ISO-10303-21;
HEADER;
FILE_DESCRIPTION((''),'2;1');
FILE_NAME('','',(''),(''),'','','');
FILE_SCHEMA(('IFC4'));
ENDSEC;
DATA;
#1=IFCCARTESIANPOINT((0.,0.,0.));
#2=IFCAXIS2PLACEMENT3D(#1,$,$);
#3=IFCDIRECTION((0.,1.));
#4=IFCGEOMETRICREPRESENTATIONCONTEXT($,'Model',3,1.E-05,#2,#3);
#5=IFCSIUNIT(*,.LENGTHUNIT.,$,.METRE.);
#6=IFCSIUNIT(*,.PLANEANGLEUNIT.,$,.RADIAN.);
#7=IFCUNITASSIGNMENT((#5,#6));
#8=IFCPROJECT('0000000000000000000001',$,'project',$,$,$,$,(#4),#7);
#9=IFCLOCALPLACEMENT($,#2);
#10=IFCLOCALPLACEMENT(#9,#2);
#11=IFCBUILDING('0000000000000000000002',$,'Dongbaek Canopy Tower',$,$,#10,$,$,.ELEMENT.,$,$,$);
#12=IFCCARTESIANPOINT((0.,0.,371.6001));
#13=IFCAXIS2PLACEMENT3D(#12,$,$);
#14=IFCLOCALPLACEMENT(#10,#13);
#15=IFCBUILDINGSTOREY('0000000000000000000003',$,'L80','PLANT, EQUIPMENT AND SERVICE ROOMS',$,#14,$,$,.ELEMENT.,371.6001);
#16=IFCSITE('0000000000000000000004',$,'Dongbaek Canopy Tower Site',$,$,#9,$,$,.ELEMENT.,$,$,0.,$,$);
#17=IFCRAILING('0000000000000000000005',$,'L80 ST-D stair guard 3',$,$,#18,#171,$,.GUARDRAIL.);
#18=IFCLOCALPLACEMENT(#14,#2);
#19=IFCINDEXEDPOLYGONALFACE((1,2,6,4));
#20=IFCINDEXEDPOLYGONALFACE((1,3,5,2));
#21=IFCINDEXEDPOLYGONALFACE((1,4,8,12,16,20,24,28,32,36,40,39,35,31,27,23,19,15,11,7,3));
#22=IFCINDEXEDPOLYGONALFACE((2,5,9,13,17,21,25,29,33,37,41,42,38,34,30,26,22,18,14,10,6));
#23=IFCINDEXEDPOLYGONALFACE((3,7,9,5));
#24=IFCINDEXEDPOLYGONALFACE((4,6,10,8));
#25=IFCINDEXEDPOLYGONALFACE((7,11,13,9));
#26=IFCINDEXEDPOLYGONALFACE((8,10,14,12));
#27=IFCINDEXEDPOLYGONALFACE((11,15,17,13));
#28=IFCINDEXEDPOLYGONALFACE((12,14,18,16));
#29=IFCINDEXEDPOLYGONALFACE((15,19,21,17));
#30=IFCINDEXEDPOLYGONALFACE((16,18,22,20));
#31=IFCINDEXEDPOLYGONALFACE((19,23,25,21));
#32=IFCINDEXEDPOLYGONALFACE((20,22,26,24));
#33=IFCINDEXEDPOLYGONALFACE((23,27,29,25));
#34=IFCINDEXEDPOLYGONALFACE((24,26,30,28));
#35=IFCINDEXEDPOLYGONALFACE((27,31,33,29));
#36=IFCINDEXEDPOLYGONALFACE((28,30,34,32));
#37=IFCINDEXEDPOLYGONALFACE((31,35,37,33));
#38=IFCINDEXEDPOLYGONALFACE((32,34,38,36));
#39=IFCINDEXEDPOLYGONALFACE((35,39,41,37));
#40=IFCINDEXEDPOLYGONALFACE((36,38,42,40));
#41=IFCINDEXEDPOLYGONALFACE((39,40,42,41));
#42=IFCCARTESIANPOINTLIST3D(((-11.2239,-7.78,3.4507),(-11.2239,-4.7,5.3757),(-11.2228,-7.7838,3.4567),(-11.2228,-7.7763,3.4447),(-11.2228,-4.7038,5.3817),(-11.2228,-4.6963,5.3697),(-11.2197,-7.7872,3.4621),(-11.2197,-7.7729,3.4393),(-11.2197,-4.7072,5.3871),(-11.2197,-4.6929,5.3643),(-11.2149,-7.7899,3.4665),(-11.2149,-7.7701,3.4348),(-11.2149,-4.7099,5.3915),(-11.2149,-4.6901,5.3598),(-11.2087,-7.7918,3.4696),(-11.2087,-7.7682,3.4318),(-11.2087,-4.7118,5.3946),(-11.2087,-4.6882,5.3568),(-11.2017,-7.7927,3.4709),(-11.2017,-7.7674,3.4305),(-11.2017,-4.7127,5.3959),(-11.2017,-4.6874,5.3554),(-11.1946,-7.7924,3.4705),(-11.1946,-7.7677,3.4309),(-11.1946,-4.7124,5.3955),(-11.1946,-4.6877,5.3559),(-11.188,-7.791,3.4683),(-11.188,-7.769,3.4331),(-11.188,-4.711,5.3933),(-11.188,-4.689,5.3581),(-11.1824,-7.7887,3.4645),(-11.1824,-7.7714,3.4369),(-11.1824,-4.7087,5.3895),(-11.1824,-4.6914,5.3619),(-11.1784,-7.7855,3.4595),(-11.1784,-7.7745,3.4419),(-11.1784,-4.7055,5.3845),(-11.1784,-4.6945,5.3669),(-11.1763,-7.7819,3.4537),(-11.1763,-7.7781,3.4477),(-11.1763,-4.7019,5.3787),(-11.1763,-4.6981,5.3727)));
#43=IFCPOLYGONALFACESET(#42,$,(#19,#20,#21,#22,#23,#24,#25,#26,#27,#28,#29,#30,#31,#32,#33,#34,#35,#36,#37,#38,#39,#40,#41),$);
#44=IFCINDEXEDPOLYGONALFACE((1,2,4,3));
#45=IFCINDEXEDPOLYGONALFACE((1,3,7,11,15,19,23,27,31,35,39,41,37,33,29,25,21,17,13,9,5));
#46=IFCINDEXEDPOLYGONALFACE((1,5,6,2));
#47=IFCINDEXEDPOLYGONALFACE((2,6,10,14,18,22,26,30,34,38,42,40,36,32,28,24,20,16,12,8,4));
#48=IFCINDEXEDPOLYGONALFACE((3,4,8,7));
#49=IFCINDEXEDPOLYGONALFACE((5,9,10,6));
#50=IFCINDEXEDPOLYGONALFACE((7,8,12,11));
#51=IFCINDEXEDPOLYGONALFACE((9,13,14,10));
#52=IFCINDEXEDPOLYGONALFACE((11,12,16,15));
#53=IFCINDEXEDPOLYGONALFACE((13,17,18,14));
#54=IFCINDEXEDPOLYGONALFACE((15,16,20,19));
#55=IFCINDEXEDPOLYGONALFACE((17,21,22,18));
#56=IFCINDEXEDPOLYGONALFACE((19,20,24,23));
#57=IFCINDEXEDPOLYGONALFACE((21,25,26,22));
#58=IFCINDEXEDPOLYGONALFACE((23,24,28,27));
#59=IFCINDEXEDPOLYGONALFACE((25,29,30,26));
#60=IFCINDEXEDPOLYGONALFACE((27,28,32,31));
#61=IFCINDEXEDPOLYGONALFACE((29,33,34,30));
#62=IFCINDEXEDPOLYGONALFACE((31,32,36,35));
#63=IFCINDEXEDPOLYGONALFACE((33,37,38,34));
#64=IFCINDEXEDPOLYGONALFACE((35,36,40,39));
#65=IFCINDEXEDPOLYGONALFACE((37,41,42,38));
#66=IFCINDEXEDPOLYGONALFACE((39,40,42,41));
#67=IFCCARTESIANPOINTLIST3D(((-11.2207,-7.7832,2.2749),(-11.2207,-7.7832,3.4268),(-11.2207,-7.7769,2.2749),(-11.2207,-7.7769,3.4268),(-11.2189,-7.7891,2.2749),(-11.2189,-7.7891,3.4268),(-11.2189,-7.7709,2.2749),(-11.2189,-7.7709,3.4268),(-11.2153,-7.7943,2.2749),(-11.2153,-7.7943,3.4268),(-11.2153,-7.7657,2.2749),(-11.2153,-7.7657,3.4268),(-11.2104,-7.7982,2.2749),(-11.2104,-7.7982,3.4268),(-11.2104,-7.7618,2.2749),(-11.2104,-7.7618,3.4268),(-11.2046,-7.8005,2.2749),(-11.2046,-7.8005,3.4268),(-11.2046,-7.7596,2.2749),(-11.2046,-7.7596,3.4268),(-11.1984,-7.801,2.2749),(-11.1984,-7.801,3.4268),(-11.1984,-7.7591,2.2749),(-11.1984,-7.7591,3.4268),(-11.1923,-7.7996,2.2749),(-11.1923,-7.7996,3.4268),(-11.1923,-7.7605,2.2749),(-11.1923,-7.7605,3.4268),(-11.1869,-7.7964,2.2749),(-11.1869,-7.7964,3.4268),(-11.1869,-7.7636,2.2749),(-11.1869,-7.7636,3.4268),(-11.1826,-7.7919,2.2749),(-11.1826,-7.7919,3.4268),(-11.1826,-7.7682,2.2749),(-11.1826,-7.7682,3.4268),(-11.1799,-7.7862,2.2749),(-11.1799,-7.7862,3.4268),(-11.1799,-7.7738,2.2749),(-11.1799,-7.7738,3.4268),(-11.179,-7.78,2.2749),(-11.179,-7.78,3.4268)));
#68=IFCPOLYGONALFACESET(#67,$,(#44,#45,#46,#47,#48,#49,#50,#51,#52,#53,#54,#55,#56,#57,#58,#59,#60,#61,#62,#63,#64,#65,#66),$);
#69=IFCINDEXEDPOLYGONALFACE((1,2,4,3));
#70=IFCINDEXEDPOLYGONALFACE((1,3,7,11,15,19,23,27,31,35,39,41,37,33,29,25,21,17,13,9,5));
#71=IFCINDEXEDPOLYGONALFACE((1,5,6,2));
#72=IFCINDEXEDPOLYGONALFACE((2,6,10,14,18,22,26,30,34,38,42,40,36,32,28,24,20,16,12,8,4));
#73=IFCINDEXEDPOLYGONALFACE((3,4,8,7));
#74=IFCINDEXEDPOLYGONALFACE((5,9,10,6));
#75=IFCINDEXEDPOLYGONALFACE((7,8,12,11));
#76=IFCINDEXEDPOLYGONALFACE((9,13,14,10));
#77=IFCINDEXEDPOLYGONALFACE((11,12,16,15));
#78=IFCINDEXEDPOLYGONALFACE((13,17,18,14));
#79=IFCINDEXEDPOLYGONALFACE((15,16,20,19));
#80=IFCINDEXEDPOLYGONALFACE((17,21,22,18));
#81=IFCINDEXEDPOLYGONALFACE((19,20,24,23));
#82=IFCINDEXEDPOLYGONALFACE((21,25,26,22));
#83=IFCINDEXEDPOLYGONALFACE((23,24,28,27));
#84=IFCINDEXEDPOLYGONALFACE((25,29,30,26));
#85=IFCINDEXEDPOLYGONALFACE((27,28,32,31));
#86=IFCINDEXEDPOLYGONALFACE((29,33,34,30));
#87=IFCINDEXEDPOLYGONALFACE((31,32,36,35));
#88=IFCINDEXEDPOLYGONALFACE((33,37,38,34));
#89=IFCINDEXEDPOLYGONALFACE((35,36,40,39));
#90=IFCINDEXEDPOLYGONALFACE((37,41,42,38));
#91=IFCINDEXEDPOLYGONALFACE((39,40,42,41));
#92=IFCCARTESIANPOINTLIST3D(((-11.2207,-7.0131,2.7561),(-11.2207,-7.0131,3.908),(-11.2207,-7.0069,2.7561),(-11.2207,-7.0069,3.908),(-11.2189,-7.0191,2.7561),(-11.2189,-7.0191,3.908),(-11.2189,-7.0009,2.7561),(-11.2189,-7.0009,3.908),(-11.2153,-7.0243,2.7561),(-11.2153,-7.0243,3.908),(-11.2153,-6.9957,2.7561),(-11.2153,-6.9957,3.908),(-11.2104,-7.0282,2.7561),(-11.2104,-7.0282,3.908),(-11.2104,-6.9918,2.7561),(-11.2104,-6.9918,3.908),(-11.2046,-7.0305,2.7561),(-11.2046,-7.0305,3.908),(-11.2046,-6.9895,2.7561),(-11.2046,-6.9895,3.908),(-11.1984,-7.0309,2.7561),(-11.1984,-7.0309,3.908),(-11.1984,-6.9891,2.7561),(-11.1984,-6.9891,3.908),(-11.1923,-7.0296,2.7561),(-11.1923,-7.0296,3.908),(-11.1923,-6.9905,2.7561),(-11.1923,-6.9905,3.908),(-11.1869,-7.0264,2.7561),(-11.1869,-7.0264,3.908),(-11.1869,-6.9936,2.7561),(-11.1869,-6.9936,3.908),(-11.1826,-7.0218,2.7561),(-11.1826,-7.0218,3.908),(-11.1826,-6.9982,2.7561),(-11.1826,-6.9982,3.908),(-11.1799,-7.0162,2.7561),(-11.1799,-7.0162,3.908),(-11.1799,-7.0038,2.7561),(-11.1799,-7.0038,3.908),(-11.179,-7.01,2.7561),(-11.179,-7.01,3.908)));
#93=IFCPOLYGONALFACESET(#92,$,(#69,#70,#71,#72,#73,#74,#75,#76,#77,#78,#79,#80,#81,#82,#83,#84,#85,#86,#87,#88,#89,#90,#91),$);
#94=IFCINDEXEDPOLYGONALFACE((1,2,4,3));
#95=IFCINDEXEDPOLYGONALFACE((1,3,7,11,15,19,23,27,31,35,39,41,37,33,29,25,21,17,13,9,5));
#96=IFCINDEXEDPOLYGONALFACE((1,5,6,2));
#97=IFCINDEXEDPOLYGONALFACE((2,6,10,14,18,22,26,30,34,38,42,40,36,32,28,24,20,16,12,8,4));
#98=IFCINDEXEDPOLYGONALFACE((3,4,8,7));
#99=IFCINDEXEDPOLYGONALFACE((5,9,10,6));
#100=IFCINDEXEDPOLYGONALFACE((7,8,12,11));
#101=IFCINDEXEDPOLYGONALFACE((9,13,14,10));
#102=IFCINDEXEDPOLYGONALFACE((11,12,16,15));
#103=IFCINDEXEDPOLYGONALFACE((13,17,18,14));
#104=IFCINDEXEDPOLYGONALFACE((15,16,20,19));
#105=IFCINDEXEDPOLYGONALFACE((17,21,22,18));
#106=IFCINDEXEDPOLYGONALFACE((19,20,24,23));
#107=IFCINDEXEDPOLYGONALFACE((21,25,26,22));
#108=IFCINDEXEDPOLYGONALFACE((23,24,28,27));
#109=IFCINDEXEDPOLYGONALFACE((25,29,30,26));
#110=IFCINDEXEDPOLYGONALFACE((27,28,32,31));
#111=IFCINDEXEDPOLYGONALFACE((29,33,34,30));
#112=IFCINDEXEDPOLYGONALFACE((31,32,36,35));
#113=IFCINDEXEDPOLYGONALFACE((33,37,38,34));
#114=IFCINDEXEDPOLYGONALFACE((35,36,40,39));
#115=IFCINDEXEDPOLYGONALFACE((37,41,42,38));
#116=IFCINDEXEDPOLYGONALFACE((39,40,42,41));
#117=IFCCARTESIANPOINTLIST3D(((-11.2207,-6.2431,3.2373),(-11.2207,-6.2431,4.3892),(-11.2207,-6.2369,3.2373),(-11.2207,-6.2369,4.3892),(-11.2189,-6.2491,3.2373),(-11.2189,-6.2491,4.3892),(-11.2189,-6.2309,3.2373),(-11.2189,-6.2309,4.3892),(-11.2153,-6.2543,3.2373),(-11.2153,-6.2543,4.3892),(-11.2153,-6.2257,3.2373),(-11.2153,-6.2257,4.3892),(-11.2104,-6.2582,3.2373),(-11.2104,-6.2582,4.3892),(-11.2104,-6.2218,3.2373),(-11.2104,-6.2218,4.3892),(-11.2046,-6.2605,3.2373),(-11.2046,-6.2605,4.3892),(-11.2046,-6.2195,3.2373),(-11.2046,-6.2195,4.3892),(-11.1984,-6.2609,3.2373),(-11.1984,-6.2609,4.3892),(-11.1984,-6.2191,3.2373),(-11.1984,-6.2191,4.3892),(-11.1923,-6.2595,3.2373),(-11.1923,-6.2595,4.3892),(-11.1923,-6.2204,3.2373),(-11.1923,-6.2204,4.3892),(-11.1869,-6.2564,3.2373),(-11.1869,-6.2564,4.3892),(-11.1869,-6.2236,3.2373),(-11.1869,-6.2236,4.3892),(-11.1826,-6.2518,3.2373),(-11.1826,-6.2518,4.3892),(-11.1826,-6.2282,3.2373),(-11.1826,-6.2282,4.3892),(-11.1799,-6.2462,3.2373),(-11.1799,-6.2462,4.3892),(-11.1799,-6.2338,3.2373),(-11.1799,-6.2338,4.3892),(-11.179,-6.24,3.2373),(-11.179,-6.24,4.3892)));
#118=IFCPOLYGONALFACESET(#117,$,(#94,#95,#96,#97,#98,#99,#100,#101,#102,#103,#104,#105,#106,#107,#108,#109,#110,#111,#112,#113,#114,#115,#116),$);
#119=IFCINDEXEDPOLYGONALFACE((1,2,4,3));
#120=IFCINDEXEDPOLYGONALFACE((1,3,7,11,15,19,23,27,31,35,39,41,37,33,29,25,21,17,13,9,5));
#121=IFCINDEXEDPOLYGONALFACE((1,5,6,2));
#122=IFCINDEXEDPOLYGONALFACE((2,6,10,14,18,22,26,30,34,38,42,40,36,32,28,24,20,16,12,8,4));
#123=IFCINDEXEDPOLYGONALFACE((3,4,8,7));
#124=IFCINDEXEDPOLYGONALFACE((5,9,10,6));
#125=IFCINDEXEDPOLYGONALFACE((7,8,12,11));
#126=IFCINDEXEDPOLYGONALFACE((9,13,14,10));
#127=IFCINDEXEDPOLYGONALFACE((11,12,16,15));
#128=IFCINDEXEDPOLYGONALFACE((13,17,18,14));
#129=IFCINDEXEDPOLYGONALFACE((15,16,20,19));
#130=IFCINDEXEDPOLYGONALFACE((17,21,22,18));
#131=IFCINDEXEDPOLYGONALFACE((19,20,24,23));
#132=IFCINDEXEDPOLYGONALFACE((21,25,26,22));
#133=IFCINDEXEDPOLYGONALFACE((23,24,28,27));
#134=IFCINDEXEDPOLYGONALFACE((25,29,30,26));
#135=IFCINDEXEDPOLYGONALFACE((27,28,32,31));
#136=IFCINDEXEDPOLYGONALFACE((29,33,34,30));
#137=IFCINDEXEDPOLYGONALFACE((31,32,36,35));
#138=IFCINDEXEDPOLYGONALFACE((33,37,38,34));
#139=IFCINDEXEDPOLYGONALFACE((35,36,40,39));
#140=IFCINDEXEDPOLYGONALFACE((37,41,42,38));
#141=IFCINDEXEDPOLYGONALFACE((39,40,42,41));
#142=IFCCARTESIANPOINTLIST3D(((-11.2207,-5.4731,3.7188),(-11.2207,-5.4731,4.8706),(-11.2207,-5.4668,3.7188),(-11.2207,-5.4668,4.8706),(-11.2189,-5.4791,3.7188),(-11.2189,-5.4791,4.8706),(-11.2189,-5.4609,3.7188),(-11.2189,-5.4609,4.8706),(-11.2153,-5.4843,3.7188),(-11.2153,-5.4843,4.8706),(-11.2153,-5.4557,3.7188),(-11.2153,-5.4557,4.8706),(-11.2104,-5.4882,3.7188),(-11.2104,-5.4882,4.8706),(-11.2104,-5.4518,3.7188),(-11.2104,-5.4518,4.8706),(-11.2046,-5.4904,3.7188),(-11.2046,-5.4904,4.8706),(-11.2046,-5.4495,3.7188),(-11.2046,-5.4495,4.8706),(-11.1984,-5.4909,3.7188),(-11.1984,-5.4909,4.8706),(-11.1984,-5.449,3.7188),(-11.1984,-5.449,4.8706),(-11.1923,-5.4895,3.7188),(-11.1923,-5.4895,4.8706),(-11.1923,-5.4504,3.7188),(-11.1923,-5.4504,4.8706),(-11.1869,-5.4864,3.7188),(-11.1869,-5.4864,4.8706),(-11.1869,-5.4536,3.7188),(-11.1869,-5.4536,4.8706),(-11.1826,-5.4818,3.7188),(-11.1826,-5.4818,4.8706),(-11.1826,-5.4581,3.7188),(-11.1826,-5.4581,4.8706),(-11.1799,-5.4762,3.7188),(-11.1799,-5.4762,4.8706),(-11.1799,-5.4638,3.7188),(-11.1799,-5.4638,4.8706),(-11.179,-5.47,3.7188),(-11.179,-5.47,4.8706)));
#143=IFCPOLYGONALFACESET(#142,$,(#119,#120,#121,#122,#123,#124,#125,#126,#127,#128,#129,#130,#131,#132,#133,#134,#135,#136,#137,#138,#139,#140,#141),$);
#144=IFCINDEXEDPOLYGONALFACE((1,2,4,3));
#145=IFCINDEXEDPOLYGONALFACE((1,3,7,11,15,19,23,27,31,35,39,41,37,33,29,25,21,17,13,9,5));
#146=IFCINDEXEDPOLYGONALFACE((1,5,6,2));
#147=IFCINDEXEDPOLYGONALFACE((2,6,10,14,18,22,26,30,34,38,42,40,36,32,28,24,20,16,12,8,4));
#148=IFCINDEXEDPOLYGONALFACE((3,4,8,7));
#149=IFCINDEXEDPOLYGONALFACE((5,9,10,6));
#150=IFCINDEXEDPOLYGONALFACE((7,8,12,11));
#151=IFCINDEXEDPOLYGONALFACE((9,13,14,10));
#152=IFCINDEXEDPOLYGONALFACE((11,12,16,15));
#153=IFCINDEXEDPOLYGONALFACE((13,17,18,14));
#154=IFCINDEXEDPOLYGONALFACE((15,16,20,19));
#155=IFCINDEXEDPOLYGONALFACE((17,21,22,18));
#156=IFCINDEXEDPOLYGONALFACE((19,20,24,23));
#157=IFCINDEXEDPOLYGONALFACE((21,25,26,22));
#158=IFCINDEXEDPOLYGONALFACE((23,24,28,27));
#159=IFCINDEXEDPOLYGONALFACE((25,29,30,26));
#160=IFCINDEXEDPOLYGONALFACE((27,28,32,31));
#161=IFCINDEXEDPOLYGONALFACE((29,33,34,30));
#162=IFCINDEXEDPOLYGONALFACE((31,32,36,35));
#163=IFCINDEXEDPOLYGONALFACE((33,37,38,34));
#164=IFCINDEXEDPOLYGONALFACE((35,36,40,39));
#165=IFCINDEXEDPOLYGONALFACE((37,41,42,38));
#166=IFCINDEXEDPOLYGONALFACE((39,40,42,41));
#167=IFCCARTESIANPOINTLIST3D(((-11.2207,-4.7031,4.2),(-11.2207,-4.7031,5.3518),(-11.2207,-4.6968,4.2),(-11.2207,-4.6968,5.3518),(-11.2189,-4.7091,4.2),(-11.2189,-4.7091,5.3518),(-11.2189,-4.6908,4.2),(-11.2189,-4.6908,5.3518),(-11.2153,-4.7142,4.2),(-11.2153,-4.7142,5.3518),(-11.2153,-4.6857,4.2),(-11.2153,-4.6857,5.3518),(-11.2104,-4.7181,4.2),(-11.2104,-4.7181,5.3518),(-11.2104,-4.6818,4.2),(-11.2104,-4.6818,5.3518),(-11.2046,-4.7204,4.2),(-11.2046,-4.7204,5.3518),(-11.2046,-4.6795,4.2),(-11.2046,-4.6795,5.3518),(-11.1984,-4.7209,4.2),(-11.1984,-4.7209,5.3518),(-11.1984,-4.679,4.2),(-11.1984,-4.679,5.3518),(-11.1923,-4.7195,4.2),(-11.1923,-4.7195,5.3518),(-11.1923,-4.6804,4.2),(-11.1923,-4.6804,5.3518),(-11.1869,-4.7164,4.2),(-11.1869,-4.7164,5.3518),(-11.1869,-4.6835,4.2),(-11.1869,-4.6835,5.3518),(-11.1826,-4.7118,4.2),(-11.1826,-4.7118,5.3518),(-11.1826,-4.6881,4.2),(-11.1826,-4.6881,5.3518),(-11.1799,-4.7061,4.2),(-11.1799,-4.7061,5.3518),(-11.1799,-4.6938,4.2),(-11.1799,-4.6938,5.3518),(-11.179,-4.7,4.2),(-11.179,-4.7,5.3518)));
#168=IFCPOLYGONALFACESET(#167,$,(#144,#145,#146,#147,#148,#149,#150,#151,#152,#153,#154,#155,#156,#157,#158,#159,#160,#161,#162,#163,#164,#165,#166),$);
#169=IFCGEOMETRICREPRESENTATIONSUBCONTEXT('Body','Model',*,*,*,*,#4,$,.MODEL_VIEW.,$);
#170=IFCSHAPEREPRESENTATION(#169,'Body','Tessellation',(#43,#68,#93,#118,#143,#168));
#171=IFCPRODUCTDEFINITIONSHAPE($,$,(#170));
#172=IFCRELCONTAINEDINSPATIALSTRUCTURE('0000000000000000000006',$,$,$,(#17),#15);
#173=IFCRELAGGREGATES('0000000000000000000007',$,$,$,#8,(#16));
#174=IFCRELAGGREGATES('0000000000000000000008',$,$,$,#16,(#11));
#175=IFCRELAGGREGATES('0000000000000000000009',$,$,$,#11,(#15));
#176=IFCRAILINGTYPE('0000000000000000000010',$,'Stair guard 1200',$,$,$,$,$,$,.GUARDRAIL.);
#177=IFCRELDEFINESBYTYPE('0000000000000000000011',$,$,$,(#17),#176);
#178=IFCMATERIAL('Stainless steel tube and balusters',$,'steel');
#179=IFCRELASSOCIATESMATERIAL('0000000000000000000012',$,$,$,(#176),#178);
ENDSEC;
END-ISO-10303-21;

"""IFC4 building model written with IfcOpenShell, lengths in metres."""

from ifc_helpers import new_model, si_unit, direction, frame, origin, origin_2d, place, context, subcontext, project, spatial, circle, extrude, material, type_object, element, save


model = new_model("IFC4")

# Units and contexts
model_context = context("Model", 3, precision=1e-05, world=origin(), true_north=direction((0.0, 1.0)))
body_context = subcontext(model_context, "Body", "Model", "MODEL_VIEW")
ifc_project = project(units=[si_unit("LENGTHUNIT", "METRE"), si_unit("PLANEANGLEUNIT", "RADIAN")], contexts=[model_context])

# Site, building, storey
site_placement = place(None, origin())
site = spatial("IfcSite", under=ifc_project, at=site_placement, Name="Dongbaek Canopy Tower Site", CompositionType="ELEMENT", RefElevation=0.0)
building_placement = place(site_placement, origin())
building = spatial("IfcBuilding", under=site, at=building_placement, Name="Dongbaek Canopy Tower", CompositionType="ELEMENT")
storey_placement = place(building_placement, frame((0.0, 0.0, 371.6001)))
storey = spatial("IfcBuildingStorey", under=building, at=storey_placement, Name="L80", Description="PLANT, EQUIPMENT AND SERVICE ROOMS", CompositionType="ELEMENT", Elevation=371.6001)

# Railing
ifc_material_1 = material(Name="Stainless steel tube and balusters", Category="steel")
railing_type_1 = type_object("IfcRailingType", Name="Stair guard 1200", PredefinedType="GUARDRAIL", material=ifc_material_1)
railing_1_placement = place(storey_placement, frame((-11.2, -7.78, 2.2749)))
element("IfcRailing", 1, at=railing_1_placement, inside=storey, type_object=railing_type_1, Name="L80 ST-D stair guard 3", PredefinedType="GUARDRAIL", context=body_context, shape_type="SweptSolid", body=[
    extrude(circle(Radius=0.0239, at=origin_2d()), frame((0.0, 0.0, 1.1758), z_axis=(0.0, 0.847998, 0.529999), x_axis=(-1.0, 0.0, 0.0)), (0.0, 0.0, 1.0), 3.6321),
    extrude(circle(Radius=0.021, at=origin_2d()), origin(), (0.0, 0.0, 1.0), 1.1519),
    extrude(circle(Radius=0.021, at=origin_2d()), frame((0.0, 0.77, 0.4812)), (0.0, 0.0, 1.0), 1.1519),
    extrude(circle(Radius=0.021, at=origin_2d()), frame((0.0, 1.54, 0.9624)), (0.0, 0.0, 1.0), 1.1519),
    extrude(circle(Radius=0.021, at=origin_2d()), frame((0.0, 2.3101, 1.4438)), (0.0, 0.0, 1.0), 1.1519),
    extrude(circle(Radius=0.021, at=origin_2d()), frame((0.0, 3.0801, 1.925)), (0.0, 0.0, 1.0), 1.1519),
])

save(model, "model.ifc")
